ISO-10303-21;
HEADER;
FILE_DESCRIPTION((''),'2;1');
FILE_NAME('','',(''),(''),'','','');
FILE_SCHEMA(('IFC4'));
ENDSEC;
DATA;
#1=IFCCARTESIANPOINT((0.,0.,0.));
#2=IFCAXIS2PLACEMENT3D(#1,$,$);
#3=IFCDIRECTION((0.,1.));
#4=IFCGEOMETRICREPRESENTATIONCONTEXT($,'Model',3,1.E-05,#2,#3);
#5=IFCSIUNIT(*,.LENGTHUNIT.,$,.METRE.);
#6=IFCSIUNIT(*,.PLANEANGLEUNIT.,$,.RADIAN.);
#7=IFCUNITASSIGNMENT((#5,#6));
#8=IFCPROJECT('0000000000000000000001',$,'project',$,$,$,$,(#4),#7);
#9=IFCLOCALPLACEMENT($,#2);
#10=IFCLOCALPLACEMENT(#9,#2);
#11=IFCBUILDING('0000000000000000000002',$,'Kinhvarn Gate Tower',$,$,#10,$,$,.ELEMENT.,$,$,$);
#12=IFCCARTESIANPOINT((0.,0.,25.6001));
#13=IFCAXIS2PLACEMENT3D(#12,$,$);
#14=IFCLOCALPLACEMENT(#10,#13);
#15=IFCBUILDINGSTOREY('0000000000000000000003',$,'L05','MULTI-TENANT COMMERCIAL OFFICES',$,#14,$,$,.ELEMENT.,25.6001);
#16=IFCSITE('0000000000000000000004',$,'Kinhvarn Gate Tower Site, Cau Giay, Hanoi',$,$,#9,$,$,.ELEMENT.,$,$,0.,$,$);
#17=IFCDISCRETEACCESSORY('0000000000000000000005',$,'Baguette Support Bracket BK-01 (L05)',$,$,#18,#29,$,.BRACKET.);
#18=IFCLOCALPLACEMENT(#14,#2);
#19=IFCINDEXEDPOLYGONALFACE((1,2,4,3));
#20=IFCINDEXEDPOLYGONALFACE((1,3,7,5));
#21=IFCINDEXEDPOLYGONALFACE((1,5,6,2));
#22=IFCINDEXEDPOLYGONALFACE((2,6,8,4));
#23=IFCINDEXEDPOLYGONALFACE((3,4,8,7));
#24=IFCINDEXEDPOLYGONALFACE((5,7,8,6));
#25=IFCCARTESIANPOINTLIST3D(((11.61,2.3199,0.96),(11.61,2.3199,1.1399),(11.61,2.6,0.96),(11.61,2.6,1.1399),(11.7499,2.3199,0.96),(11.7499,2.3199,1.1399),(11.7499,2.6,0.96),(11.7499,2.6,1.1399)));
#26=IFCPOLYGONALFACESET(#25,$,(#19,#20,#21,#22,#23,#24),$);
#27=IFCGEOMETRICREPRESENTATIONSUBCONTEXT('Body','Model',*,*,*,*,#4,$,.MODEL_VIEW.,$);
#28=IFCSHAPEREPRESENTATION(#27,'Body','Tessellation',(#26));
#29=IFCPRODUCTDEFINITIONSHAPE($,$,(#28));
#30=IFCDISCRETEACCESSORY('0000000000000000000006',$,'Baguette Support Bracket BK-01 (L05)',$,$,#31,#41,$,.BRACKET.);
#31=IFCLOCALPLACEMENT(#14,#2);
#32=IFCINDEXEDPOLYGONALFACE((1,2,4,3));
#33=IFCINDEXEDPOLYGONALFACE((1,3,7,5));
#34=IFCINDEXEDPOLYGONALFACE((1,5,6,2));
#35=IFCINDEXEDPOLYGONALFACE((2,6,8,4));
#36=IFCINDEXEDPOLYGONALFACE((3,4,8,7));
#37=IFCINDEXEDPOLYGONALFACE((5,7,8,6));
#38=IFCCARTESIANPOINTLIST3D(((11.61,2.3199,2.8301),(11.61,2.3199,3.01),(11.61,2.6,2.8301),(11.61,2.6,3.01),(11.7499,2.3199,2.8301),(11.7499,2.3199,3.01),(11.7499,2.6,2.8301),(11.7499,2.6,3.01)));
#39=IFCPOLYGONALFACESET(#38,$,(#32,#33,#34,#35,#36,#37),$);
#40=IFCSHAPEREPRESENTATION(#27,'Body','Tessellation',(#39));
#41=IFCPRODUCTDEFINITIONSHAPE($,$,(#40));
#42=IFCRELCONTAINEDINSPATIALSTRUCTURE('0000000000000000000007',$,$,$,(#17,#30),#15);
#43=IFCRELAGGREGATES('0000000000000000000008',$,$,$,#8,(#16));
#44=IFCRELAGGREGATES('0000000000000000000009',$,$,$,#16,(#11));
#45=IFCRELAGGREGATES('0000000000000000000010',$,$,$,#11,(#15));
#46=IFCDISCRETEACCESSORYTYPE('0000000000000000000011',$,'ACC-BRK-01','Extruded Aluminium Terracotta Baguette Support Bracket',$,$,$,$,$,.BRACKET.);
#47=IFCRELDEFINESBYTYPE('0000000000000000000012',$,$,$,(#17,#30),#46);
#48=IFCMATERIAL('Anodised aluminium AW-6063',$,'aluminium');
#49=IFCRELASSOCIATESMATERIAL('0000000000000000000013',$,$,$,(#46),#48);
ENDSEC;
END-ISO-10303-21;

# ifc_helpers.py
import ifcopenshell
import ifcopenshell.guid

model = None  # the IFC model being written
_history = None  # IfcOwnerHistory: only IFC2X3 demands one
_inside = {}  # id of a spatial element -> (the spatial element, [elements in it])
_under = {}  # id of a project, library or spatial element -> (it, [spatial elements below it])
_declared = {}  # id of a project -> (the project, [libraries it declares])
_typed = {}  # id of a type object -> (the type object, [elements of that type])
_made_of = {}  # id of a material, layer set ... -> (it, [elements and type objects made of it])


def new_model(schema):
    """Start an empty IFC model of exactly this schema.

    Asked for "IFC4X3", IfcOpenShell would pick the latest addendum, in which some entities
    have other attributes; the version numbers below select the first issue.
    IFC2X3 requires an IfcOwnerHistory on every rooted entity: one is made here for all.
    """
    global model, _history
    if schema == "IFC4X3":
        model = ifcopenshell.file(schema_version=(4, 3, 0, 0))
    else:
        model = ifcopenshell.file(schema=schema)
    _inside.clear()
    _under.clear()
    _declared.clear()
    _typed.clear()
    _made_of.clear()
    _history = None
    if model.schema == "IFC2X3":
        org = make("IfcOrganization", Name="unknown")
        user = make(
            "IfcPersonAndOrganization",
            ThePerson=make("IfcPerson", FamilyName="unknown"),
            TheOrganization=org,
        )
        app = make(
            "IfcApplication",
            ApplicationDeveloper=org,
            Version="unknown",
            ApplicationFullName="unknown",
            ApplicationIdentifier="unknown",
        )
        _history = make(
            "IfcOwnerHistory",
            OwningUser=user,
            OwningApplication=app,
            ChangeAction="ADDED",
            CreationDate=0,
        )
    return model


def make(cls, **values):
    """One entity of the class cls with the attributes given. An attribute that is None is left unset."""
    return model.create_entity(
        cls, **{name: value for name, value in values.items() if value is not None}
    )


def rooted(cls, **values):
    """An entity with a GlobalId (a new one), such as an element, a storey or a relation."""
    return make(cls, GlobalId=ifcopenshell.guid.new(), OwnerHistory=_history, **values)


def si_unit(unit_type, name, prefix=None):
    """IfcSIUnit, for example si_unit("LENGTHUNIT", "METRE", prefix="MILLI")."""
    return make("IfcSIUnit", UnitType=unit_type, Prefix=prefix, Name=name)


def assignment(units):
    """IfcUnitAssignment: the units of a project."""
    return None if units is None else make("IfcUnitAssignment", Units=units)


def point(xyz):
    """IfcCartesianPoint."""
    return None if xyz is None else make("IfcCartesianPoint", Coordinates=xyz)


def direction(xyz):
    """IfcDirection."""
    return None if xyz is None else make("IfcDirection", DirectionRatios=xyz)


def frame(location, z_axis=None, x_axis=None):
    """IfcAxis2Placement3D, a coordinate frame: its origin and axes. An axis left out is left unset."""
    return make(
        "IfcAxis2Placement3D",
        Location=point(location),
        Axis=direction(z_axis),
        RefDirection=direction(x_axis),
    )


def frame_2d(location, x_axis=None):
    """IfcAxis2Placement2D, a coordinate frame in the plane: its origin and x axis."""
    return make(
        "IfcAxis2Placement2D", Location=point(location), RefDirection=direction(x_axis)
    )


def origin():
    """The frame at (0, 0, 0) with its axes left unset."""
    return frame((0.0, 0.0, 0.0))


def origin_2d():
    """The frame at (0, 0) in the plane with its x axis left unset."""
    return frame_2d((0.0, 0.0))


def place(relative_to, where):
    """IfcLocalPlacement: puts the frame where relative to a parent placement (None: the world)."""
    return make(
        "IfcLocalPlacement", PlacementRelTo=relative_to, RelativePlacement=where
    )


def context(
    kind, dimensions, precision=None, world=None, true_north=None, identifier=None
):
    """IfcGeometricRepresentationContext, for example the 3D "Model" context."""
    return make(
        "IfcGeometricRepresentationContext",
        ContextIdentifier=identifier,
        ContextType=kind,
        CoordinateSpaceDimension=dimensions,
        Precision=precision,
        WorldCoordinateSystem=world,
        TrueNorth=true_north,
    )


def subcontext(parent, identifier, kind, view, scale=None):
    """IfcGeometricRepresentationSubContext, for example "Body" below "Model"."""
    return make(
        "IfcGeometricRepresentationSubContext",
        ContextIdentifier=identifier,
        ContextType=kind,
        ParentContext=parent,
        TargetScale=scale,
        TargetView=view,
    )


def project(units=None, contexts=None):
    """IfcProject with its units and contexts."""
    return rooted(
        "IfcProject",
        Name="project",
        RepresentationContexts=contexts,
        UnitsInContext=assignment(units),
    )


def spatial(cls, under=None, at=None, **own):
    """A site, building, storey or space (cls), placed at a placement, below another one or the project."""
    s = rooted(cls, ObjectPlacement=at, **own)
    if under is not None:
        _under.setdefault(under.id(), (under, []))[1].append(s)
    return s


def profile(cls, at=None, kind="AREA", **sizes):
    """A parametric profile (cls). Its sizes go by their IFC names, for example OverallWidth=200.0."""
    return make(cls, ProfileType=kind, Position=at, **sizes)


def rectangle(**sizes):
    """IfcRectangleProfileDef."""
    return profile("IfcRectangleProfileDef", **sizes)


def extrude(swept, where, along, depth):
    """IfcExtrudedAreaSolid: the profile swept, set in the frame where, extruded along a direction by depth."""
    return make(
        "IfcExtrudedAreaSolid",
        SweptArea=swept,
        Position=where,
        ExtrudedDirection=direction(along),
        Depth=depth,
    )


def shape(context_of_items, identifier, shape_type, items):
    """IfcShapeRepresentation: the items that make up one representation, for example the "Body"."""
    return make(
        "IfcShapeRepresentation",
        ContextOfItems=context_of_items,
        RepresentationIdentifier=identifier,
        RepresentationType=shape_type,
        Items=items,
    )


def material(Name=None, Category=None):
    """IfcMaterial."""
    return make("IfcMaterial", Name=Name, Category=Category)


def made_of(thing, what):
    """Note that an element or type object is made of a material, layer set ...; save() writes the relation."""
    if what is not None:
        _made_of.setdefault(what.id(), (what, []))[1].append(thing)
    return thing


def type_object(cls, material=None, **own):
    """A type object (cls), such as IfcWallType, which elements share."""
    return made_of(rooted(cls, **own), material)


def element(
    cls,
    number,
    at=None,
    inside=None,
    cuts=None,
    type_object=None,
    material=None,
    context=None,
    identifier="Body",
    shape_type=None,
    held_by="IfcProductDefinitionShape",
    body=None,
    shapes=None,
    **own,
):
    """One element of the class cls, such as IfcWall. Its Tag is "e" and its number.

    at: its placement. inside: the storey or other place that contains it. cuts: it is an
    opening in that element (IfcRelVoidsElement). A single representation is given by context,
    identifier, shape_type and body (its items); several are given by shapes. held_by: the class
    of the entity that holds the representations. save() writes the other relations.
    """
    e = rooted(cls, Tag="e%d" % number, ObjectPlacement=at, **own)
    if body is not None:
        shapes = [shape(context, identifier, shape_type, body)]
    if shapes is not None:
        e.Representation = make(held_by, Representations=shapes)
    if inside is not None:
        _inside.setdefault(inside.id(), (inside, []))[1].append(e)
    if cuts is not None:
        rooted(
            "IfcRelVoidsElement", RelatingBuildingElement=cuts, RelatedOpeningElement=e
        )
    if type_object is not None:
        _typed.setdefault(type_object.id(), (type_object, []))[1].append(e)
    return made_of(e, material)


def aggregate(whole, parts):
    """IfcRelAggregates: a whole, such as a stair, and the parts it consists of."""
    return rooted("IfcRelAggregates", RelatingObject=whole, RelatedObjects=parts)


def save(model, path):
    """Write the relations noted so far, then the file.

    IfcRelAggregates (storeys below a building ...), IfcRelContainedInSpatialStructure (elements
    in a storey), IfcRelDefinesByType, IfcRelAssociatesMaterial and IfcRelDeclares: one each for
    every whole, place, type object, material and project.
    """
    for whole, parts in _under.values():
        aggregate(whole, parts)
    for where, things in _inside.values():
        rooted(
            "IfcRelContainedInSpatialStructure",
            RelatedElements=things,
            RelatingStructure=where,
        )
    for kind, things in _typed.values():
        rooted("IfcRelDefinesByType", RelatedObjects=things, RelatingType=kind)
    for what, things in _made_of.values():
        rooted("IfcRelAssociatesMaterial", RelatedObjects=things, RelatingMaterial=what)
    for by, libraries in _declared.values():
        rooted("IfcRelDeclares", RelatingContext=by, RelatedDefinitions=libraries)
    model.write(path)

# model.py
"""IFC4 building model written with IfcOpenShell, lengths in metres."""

from ifc_helpers import new_model, si_unit, direction, frame, origin, origin_2d, place, context, subcontext, project, spatial, rectangle, extrude, material, type_object, element, save


model = new_model("IFC4")

# Units and contexts
model_context = context("Model", 3, precision=1e-05, world=origin(), true_north=direction((0.0, 1.0)))
body_context = subcontext(model_context, "Body", "Model", "MODEL_VIEW")
ifc_project = project(units=[si_unit("LENGTHUNIT", "METRE"), si_unit("PLANEANGLEUNIT", "RADIAN")], contexts=[model_context])

# Site, building, storey
site_placement = place(None, origin())
site = spatial("IfcSite", under=ifc_project, at=site_placement, Name="Kinhvarn Gate Tower Site, Cau Giay, Hanoi", CompositionType="ELEMENT", RefElevation=0.0)
building_placement = place(site_placement, origin())
building = spatial("IfcBuilding", under=site, at=building_placement, Name="Kinhvarn Gate Tower", CompositionType="ELEMENT")
storey_placement = place(building_placement, frame((0.0, 0.0, 25.6001)))
storey = spatial("IfcBuildingStorey", under=building, at=storey_placement, Name="L05", Description="MULTI-TENANT COMMERCIAL OFFICES", CompositionType="ELEMENT", Elevation=25.6001)

# Shared definitions
ifc_material_1 = material(Name="Anodised aluminium AW-6063", Category="aluminium")

# Discrete accessories
discrete_accessory_type = type_object("IfcDiscreteAccessoryType", Name="ACC-BRK-01", Description="Extruded Aluminium Terracotta Baguette Support Bracket", PredefinedType="BRACKET", material=ifc_material_1)
for number, where, z_axis, x_axis, name in (
    (1, (11.6799, 2.46, 0.96), (0.0, 0.0, 1.0), (1.0, 0.0, 0.0), "Baguette Support Bracket BK-01 (L05)"),
    (2, (11.6799, 2.46, 2.8301), (0.0, 0.0, 1.0), (1.0, 0.0, 0.0), "Baguette Support Bracket BK-01 (L05)"),
):
    element("IfcDiscreteAccessory", number, at=place(storey_placement, frame(where, z_axis=z_axis, x_axis=x_axis)), inside=storey, type_object=discrete_accessory_type, Name=name, PredefinedType="BRACKET", context=body_context, shape_type="SweptSolid", body=[
        extrude(rectangle(XDim=0.1399, YDim=0.28, at=origin_2d()), origin(), (0.0, 0.0, 1.0), 0.1799),
    ])

save(model, "model.ifc")
